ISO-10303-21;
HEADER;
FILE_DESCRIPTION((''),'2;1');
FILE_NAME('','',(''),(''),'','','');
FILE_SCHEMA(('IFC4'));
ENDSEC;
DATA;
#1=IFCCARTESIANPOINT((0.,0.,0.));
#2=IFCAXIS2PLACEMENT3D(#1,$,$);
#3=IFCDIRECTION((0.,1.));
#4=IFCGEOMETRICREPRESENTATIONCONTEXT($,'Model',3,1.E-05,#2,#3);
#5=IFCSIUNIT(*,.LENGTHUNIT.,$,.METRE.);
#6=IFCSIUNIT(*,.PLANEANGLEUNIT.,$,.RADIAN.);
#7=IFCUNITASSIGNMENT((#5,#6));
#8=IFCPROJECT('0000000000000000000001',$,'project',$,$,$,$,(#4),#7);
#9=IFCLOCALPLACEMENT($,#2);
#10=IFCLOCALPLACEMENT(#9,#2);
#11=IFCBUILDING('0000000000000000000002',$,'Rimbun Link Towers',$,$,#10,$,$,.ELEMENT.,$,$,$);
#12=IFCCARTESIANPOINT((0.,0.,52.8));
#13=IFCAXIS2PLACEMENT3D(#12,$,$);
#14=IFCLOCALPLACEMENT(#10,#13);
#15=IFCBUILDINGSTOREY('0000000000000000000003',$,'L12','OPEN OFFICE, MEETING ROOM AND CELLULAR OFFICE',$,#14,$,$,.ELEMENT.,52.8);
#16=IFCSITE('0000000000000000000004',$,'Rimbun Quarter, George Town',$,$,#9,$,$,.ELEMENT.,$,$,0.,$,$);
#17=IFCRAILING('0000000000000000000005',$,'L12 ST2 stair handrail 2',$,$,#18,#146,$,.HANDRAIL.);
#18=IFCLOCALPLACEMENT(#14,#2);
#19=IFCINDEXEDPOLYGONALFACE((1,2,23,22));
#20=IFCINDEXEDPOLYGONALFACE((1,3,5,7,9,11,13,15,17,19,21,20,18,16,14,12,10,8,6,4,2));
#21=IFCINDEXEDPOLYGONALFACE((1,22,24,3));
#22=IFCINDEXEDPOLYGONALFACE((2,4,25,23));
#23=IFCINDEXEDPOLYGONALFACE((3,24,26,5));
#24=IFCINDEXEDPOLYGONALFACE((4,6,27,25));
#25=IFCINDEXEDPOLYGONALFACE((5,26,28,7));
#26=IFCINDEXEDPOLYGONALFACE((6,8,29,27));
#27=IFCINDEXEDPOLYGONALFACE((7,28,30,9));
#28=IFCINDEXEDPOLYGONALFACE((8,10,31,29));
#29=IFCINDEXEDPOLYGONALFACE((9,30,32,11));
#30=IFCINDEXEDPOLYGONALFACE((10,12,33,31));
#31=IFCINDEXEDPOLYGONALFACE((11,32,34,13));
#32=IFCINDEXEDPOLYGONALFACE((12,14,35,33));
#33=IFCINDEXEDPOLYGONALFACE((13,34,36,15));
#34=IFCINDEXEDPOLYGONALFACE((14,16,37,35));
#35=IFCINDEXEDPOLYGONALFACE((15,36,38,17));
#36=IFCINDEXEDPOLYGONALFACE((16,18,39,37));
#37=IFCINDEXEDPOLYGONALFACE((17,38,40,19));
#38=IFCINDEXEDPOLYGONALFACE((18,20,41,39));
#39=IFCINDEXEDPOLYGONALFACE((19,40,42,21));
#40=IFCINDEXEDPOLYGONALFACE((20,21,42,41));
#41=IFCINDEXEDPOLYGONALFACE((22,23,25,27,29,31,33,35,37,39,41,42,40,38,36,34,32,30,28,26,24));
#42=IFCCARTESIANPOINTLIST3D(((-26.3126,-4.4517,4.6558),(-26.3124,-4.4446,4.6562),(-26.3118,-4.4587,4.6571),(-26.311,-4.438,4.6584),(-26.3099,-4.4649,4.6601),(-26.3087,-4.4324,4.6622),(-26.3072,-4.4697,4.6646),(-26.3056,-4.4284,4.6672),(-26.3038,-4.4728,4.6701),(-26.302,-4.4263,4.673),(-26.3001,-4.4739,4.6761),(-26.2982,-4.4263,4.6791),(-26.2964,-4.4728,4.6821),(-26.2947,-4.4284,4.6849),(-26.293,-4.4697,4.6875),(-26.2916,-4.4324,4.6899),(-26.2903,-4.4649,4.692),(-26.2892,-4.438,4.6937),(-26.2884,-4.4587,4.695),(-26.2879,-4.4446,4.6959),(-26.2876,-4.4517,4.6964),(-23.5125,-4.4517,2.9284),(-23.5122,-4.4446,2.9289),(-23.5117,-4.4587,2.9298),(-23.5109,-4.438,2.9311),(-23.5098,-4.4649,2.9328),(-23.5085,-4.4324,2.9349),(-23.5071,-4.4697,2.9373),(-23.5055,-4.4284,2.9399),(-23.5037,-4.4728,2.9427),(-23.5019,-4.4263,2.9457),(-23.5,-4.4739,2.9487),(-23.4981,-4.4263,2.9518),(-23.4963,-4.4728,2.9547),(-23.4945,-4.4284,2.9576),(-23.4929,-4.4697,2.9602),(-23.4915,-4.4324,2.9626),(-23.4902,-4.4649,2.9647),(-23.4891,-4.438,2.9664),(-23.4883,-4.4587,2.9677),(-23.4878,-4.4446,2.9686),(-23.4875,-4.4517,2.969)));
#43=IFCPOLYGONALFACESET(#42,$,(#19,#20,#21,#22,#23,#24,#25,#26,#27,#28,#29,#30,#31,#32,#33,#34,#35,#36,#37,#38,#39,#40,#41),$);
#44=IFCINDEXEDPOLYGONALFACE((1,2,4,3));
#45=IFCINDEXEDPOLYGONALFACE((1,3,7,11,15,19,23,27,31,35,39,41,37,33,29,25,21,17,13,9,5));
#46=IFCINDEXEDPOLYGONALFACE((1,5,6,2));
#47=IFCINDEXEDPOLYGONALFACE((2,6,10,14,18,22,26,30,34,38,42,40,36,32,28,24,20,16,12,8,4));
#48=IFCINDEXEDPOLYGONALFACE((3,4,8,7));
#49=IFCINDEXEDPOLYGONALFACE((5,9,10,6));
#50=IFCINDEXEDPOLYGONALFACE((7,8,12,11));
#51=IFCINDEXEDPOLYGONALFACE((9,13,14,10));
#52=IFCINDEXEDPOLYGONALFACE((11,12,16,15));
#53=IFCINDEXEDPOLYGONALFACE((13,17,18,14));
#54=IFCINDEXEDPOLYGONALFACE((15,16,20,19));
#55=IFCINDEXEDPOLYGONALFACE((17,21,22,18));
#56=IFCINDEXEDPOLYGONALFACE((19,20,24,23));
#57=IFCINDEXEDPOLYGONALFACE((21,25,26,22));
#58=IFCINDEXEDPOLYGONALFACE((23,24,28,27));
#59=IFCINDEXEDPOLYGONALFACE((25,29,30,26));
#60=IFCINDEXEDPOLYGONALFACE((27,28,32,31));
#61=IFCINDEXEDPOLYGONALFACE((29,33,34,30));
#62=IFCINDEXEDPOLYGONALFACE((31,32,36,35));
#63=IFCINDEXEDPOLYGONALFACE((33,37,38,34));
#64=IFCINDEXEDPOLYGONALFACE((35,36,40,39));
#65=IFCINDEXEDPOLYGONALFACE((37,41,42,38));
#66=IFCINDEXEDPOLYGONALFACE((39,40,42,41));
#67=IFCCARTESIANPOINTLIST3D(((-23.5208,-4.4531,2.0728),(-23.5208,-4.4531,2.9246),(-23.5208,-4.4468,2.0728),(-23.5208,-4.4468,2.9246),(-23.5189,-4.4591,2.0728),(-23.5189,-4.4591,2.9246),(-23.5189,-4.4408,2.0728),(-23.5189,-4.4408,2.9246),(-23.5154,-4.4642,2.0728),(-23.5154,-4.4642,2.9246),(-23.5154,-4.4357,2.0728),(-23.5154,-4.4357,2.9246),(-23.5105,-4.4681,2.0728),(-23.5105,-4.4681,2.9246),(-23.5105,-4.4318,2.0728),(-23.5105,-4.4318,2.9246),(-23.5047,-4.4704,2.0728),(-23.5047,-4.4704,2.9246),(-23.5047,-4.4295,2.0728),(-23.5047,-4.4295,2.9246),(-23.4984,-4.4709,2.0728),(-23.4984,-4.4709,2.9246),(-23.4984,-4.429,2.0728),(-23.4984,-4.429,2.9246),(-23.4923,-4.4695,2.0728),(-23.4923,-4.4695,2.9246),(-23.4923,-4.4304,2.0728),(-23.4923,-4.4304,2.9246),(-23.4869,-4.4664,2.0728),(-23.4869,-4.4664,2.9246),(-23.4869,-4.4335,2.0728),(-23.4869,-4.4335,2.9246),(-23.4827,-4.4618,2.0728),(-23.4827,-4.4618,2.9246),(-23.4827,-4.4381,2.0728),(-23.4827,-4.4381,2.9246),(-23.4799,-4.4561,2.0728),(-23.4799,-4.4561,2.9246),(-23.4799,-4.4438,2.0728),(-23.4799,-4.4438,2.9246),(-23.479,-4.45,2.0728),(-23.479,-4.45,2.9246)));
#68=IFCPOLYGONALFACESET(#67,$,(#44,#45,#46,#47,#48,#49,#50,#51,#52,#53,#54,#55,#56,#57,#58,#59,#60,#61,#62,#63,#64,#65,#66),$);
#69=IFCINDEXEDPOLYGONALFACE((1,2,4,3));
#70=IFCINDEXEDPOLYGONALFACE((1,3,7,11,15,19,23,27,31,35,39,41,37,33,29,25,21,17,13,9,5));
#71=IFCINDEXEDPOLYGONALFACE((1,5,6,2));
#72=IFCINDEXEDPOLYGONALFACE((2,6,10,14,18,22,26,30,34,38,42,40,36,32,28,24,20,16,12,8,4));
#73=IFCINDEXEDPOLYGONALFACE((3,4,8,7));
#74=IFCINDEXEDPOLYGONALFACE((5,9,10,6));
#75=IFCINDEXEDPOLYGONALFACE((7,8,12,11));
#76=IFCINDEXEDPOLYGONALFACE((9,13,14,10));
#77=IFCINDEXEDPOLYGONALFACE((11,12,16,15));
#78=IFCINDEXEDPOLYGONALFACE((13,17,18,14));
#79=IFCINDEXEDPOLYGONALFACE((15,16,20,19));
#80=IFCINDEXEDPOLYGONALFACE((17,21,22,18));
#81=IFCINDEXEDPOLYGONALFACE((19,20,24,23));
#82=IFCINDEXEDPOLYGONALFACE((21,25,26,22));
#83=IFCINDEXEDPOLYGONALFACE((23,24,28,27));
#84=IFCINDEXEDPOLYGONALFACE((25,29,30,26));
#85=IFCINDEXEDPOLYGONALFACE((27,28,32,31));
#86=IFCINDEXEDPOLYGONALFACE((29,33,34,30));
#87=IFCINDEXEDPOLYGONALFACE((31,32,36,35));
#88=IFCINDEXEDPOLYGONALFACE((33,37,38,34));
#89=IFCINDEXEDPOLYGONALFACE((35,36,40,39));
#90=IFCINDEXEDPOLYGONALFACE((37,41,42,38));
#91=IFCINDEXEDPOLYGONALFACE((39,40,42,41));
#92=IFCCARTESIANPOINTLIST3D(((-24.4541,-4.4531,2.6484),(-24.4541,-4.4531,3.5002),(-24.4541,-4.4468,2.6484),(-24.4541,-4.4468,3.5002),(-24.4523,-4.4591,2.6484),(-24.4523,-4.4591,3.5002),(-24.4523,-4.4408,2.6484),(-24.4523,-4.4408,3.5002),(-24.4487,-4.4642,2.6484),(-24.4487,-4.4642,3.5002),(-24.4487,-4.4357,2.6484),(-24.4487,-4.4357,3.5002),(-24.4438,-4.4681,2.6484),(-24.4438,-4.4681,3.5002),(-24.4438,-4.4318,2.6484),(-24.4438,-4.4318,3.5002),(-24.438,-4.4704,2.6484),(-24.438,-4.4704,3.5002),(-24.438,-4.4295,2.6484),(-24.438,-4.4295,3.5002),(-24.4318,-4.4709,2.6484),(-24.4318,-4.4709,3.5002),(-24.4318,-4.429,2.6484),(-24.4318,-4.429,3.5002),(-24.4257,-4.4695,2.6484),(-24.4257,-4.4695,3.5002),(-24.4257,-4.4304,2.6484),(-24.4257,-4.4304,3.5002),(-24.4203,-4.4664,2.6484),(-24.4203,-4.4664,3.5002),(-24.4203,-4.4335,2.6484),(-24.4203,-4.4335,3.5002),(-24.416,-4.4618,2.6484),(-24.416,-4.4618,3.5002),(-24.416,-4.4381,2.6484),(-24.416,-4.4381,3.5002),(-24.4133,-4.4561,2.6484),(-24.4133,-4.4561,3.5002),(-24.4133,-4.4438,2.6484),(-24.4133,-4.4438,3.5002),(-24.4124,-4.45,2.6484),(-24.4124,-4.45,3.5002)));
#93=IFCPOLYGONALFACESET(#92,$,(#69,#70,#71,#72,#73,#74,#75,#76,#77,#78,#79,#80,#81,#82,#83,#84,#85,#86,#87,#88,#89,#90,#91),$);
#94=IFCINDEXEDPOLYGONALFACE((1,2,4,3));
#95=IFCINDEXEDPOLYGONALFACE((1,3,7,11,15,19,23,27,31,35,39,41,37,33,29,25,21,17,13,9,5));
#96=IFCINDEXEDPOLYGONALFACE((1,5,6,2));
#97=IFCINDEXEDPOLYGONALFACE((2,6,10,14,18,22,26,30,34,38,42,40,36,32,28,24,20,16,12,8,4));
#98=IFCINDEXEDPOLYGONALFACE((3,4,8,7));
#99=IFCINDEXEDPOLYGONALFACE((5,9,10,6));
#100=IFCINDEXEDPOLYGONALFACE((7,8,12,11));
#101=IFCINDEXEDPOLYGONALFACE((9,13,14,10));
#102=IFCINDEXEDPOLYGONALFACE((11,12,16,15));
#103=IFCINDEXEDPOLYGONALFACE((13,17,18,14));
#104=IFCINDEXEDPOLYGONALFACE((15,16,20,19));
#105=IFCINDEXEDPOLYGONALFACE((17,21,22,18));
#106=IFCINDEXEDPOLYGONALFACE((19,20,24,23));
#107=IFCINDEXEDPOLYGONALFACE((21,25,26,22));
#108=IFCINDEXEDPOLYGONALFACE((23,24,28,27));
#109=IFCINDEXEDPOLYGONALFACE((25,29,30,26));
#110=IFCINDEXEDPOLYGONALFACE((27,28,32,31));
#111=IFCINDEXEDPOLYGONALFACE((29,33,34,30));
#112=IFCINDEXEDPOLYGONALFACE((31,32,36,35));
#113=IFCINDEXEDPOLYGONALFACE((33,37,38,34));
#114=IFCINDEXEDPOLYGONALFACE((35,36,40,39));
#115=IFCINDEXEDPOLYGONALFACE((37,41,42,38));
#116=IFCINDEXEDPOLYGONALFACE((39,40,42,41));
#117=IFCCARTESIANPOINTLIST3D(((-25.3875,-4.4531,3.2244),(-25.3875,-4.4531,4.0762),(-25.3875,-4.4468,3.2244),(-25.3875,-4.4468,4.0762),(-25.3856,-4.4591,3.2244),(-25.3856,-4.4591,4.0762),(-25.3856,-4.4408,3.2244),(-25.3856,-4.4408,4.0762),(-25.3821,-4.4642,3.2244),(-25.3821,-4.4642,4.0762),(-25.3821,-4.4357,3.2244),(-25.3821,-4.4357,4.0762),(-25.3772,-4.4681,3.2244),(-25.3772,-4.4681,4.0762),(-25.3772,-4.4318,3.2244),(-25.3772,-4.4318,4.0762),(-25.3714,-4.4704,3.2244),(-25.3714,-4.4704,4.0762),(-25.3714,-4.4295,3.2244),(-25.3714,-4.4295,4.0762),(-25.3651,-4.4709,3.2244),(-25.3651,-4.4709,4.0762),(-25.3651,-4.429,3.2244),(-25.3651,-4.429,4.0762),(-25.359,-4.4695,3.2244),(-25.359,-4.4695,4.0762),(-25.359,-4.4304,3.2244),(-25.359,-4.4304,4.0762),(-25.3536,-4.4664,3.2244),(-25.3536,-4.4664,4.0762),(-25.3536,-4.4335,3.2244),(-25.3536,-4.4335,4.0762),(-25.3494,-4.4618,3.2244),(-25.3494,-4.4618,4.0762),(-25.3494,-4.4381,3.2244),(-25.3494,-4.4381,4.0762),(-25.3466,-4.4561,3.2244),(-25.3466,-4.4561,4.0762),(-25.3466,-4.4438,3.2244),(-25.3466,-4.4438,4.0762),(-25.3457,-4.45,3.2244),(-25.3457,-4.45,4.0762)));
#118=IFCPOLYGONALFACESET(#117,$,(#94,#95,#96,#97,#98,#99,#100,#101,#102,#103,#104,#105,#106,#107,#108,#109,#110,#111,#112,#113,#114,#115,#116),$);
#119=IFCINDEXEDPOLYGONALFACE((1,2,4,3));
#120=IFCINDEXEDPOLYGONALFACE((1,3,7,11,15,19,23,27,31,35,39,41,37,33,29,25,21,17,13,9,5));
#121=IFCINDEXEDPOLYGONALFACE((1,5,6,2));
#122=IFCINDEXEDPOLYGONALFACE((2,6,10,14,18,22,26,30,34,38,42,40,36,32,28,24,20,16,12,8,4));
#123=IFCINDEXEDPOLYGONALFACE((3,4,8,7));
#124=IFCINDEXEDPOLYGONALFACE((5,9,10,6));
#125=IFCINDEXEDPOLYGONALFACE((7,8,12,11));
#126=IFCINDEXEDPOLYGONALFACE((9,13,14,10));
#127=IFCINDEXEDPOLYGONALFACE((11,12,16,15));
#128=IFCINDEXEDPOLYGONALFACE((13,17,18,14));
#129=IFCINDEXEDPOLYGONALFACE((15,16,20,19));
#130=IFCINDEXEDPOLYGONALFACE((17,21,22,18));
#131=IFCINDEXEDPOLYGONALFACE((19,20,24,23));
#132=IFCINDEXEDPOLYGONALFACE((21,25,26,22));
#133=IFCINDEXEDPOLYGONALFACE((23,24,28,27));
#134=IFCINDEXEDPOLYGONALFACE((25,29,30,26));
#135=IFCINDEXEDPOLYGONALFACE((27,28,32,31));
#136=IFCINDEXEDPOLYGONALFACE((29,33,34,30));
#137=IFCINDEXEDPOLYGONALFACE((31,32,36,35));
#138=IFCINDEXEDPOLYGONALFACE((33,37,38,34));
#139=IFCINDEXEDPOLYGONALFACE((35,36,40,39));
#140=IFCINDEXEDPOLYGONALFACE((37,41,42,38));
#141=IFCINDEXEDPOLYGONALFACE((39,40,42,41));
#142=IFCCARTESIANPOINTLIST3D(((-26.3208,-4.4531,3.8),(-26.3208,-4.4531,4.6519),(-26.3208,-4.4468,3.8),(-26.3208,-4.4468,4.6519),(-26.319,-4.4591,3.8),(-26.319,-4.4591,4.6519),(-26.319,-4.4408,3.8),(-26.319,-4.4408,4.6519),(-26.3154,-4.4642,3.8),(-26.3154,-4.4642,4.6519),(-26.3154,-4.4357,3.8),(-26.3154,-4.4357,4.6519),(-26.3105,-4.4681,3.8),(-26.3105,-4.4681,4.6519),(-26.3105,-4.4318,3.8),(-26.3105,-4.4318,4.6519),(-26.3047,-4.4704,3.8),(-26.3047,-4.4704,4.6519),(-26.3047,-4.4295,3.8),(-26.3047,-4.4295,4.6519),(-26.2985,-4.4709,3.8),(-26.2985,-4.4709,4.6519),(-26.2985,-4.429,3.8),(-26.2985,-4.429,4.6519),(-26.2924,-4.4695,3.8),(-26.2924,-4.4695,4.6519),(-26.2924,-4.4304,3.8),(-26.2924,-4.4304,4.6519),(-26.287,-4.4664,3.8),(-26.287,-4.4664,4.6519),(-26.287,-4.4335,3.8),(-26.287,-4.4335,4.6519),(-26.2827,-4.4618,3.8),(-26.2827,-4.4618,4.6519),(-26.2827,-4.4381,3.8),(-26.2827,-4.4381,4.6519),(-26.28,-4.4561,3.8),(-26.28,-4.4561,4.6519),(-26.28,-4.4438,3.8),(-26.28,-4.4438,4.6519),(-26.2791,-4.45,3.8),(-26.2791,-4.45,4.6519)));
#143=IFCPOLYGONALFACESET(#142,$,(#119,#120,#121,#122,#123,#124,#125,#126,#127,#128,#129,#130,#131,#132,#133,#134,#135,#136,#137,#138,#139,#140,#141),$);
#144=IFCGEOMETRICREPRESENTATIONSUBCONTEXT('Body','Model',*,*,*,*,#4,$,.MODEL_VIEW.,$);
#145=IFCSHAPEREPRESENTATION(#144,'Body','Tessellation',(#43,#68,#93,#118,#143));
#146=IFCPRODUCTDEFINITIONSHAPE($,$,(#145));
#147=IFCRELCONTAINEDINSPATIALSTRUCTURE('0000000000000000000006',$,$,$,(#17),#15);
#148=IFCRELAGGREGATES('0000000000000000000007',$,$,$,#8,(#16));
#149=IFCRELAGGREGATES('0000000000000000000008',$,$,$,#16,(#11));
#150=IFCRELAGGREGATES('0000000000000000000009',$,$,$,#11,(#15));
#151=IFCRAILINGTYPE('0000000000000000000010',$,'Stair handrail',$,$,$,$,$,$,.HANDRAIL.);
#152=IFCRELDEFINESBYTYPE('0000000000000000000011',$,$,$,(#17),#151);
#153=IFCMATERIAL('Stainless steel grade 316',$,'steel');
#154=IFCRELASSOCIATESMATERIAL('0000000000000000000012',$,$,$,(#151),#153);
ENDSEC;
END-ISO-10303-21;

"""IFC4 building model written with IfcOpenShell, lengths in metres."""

from ifc_helpers import new_model, si_unit, direction, frame, origin, origin_2d, place, context, subcontext, project, spatial, circle, extrude, material, type_object, element, save


model = new_model("IFC4")

# Units and contexts
model_context = context("Model", 3, precision=1e-05, world=origin(), true_north=direction((0.0, 1.0)))
body_context = subcontext(model_context, "Body", "Model", "MODEL_VIEW")
ifc_project = project(units=[si_unit("LENGTHUNIT", "METRE"), si_unit("PLANEANGLEUNIT", "RADIAN")], contexts=[model_context])

# Site, building, storey
site_placement = place(None, origin())
site = spatial("IfcSite", under=ifc_project, at=site_placement, Name="Rimbun Quarter, George Town", CompositionType="ELEMENT", RefElevation=0.0)
building_placement = place(site_placement, origin())
building = spatial("IfcBuilding", under=site, at=building_placement, Name="Rimbun Link Towers", CompositionType="ELEMENT")
storey_placement = place(building_placement, frame((0.0, 0.0, 52.8)))
storey = spatial("IfcBuildingStorey", under=building, at=storey_placement, Name="L12", Description="OPEN OFFICE, MEETING ROOM AND CELLULAR OFFICE", CompositionType="ELEMENT", Elevation=52.8)

# Railing
ifc_material_1 = material(Name="Stainless steel grade 316", Category="steel")
railing_type_1 = type_object("IfcRailingType", Name="Stair handrail", PredefinedType="HANDRAIL", material=ifc_material_1)
railing_1_placement = place(storey_placement, frame((-23.5, -4.45, 2.0728)))
element("IfcRailing", 1, at=railing_1_placement, inside=storey, type_object=railing_type_1, Name="L12 ST2 stair handrail 2", PredefinedType="HANDRAIL", context=body_context, shape_type="SweptSolid", body=[
    extrude(circle(Radius=0.0239, at=origin_2d()), frame((0.0, 0.0, 0.876), z_axis=(-0.85109, 0.0, 0.52502), x_axis=(0.0, -1.0, 0.0)), (0.0, 0.0, 1.0), 3.29),
    extrude(circle(Radius=0.021, at=origin_2d()), origin(), (0.0, 0.0, 1.0), 0.8518),
    extrude(circle(Radius=0.021, at=origin_2d()), frame((-0.9333, 0.0, 0.5757)), (0.0, 0.0, 1.0), 0.8518),
    extrude(circle(Radius=0.021, at=origin_2d()), frame((-1.8667, 0.0, 1.1516)), (0.0, 0.0, 1.0), 0.8518),
    extrude(circle(Radius=0.021, at=origin_2d()), frame((-2.8, 0.0, 1.7273)), (0.0, 0.0, 1.0), 0.8518),
])

save(model, "model.ifc")
